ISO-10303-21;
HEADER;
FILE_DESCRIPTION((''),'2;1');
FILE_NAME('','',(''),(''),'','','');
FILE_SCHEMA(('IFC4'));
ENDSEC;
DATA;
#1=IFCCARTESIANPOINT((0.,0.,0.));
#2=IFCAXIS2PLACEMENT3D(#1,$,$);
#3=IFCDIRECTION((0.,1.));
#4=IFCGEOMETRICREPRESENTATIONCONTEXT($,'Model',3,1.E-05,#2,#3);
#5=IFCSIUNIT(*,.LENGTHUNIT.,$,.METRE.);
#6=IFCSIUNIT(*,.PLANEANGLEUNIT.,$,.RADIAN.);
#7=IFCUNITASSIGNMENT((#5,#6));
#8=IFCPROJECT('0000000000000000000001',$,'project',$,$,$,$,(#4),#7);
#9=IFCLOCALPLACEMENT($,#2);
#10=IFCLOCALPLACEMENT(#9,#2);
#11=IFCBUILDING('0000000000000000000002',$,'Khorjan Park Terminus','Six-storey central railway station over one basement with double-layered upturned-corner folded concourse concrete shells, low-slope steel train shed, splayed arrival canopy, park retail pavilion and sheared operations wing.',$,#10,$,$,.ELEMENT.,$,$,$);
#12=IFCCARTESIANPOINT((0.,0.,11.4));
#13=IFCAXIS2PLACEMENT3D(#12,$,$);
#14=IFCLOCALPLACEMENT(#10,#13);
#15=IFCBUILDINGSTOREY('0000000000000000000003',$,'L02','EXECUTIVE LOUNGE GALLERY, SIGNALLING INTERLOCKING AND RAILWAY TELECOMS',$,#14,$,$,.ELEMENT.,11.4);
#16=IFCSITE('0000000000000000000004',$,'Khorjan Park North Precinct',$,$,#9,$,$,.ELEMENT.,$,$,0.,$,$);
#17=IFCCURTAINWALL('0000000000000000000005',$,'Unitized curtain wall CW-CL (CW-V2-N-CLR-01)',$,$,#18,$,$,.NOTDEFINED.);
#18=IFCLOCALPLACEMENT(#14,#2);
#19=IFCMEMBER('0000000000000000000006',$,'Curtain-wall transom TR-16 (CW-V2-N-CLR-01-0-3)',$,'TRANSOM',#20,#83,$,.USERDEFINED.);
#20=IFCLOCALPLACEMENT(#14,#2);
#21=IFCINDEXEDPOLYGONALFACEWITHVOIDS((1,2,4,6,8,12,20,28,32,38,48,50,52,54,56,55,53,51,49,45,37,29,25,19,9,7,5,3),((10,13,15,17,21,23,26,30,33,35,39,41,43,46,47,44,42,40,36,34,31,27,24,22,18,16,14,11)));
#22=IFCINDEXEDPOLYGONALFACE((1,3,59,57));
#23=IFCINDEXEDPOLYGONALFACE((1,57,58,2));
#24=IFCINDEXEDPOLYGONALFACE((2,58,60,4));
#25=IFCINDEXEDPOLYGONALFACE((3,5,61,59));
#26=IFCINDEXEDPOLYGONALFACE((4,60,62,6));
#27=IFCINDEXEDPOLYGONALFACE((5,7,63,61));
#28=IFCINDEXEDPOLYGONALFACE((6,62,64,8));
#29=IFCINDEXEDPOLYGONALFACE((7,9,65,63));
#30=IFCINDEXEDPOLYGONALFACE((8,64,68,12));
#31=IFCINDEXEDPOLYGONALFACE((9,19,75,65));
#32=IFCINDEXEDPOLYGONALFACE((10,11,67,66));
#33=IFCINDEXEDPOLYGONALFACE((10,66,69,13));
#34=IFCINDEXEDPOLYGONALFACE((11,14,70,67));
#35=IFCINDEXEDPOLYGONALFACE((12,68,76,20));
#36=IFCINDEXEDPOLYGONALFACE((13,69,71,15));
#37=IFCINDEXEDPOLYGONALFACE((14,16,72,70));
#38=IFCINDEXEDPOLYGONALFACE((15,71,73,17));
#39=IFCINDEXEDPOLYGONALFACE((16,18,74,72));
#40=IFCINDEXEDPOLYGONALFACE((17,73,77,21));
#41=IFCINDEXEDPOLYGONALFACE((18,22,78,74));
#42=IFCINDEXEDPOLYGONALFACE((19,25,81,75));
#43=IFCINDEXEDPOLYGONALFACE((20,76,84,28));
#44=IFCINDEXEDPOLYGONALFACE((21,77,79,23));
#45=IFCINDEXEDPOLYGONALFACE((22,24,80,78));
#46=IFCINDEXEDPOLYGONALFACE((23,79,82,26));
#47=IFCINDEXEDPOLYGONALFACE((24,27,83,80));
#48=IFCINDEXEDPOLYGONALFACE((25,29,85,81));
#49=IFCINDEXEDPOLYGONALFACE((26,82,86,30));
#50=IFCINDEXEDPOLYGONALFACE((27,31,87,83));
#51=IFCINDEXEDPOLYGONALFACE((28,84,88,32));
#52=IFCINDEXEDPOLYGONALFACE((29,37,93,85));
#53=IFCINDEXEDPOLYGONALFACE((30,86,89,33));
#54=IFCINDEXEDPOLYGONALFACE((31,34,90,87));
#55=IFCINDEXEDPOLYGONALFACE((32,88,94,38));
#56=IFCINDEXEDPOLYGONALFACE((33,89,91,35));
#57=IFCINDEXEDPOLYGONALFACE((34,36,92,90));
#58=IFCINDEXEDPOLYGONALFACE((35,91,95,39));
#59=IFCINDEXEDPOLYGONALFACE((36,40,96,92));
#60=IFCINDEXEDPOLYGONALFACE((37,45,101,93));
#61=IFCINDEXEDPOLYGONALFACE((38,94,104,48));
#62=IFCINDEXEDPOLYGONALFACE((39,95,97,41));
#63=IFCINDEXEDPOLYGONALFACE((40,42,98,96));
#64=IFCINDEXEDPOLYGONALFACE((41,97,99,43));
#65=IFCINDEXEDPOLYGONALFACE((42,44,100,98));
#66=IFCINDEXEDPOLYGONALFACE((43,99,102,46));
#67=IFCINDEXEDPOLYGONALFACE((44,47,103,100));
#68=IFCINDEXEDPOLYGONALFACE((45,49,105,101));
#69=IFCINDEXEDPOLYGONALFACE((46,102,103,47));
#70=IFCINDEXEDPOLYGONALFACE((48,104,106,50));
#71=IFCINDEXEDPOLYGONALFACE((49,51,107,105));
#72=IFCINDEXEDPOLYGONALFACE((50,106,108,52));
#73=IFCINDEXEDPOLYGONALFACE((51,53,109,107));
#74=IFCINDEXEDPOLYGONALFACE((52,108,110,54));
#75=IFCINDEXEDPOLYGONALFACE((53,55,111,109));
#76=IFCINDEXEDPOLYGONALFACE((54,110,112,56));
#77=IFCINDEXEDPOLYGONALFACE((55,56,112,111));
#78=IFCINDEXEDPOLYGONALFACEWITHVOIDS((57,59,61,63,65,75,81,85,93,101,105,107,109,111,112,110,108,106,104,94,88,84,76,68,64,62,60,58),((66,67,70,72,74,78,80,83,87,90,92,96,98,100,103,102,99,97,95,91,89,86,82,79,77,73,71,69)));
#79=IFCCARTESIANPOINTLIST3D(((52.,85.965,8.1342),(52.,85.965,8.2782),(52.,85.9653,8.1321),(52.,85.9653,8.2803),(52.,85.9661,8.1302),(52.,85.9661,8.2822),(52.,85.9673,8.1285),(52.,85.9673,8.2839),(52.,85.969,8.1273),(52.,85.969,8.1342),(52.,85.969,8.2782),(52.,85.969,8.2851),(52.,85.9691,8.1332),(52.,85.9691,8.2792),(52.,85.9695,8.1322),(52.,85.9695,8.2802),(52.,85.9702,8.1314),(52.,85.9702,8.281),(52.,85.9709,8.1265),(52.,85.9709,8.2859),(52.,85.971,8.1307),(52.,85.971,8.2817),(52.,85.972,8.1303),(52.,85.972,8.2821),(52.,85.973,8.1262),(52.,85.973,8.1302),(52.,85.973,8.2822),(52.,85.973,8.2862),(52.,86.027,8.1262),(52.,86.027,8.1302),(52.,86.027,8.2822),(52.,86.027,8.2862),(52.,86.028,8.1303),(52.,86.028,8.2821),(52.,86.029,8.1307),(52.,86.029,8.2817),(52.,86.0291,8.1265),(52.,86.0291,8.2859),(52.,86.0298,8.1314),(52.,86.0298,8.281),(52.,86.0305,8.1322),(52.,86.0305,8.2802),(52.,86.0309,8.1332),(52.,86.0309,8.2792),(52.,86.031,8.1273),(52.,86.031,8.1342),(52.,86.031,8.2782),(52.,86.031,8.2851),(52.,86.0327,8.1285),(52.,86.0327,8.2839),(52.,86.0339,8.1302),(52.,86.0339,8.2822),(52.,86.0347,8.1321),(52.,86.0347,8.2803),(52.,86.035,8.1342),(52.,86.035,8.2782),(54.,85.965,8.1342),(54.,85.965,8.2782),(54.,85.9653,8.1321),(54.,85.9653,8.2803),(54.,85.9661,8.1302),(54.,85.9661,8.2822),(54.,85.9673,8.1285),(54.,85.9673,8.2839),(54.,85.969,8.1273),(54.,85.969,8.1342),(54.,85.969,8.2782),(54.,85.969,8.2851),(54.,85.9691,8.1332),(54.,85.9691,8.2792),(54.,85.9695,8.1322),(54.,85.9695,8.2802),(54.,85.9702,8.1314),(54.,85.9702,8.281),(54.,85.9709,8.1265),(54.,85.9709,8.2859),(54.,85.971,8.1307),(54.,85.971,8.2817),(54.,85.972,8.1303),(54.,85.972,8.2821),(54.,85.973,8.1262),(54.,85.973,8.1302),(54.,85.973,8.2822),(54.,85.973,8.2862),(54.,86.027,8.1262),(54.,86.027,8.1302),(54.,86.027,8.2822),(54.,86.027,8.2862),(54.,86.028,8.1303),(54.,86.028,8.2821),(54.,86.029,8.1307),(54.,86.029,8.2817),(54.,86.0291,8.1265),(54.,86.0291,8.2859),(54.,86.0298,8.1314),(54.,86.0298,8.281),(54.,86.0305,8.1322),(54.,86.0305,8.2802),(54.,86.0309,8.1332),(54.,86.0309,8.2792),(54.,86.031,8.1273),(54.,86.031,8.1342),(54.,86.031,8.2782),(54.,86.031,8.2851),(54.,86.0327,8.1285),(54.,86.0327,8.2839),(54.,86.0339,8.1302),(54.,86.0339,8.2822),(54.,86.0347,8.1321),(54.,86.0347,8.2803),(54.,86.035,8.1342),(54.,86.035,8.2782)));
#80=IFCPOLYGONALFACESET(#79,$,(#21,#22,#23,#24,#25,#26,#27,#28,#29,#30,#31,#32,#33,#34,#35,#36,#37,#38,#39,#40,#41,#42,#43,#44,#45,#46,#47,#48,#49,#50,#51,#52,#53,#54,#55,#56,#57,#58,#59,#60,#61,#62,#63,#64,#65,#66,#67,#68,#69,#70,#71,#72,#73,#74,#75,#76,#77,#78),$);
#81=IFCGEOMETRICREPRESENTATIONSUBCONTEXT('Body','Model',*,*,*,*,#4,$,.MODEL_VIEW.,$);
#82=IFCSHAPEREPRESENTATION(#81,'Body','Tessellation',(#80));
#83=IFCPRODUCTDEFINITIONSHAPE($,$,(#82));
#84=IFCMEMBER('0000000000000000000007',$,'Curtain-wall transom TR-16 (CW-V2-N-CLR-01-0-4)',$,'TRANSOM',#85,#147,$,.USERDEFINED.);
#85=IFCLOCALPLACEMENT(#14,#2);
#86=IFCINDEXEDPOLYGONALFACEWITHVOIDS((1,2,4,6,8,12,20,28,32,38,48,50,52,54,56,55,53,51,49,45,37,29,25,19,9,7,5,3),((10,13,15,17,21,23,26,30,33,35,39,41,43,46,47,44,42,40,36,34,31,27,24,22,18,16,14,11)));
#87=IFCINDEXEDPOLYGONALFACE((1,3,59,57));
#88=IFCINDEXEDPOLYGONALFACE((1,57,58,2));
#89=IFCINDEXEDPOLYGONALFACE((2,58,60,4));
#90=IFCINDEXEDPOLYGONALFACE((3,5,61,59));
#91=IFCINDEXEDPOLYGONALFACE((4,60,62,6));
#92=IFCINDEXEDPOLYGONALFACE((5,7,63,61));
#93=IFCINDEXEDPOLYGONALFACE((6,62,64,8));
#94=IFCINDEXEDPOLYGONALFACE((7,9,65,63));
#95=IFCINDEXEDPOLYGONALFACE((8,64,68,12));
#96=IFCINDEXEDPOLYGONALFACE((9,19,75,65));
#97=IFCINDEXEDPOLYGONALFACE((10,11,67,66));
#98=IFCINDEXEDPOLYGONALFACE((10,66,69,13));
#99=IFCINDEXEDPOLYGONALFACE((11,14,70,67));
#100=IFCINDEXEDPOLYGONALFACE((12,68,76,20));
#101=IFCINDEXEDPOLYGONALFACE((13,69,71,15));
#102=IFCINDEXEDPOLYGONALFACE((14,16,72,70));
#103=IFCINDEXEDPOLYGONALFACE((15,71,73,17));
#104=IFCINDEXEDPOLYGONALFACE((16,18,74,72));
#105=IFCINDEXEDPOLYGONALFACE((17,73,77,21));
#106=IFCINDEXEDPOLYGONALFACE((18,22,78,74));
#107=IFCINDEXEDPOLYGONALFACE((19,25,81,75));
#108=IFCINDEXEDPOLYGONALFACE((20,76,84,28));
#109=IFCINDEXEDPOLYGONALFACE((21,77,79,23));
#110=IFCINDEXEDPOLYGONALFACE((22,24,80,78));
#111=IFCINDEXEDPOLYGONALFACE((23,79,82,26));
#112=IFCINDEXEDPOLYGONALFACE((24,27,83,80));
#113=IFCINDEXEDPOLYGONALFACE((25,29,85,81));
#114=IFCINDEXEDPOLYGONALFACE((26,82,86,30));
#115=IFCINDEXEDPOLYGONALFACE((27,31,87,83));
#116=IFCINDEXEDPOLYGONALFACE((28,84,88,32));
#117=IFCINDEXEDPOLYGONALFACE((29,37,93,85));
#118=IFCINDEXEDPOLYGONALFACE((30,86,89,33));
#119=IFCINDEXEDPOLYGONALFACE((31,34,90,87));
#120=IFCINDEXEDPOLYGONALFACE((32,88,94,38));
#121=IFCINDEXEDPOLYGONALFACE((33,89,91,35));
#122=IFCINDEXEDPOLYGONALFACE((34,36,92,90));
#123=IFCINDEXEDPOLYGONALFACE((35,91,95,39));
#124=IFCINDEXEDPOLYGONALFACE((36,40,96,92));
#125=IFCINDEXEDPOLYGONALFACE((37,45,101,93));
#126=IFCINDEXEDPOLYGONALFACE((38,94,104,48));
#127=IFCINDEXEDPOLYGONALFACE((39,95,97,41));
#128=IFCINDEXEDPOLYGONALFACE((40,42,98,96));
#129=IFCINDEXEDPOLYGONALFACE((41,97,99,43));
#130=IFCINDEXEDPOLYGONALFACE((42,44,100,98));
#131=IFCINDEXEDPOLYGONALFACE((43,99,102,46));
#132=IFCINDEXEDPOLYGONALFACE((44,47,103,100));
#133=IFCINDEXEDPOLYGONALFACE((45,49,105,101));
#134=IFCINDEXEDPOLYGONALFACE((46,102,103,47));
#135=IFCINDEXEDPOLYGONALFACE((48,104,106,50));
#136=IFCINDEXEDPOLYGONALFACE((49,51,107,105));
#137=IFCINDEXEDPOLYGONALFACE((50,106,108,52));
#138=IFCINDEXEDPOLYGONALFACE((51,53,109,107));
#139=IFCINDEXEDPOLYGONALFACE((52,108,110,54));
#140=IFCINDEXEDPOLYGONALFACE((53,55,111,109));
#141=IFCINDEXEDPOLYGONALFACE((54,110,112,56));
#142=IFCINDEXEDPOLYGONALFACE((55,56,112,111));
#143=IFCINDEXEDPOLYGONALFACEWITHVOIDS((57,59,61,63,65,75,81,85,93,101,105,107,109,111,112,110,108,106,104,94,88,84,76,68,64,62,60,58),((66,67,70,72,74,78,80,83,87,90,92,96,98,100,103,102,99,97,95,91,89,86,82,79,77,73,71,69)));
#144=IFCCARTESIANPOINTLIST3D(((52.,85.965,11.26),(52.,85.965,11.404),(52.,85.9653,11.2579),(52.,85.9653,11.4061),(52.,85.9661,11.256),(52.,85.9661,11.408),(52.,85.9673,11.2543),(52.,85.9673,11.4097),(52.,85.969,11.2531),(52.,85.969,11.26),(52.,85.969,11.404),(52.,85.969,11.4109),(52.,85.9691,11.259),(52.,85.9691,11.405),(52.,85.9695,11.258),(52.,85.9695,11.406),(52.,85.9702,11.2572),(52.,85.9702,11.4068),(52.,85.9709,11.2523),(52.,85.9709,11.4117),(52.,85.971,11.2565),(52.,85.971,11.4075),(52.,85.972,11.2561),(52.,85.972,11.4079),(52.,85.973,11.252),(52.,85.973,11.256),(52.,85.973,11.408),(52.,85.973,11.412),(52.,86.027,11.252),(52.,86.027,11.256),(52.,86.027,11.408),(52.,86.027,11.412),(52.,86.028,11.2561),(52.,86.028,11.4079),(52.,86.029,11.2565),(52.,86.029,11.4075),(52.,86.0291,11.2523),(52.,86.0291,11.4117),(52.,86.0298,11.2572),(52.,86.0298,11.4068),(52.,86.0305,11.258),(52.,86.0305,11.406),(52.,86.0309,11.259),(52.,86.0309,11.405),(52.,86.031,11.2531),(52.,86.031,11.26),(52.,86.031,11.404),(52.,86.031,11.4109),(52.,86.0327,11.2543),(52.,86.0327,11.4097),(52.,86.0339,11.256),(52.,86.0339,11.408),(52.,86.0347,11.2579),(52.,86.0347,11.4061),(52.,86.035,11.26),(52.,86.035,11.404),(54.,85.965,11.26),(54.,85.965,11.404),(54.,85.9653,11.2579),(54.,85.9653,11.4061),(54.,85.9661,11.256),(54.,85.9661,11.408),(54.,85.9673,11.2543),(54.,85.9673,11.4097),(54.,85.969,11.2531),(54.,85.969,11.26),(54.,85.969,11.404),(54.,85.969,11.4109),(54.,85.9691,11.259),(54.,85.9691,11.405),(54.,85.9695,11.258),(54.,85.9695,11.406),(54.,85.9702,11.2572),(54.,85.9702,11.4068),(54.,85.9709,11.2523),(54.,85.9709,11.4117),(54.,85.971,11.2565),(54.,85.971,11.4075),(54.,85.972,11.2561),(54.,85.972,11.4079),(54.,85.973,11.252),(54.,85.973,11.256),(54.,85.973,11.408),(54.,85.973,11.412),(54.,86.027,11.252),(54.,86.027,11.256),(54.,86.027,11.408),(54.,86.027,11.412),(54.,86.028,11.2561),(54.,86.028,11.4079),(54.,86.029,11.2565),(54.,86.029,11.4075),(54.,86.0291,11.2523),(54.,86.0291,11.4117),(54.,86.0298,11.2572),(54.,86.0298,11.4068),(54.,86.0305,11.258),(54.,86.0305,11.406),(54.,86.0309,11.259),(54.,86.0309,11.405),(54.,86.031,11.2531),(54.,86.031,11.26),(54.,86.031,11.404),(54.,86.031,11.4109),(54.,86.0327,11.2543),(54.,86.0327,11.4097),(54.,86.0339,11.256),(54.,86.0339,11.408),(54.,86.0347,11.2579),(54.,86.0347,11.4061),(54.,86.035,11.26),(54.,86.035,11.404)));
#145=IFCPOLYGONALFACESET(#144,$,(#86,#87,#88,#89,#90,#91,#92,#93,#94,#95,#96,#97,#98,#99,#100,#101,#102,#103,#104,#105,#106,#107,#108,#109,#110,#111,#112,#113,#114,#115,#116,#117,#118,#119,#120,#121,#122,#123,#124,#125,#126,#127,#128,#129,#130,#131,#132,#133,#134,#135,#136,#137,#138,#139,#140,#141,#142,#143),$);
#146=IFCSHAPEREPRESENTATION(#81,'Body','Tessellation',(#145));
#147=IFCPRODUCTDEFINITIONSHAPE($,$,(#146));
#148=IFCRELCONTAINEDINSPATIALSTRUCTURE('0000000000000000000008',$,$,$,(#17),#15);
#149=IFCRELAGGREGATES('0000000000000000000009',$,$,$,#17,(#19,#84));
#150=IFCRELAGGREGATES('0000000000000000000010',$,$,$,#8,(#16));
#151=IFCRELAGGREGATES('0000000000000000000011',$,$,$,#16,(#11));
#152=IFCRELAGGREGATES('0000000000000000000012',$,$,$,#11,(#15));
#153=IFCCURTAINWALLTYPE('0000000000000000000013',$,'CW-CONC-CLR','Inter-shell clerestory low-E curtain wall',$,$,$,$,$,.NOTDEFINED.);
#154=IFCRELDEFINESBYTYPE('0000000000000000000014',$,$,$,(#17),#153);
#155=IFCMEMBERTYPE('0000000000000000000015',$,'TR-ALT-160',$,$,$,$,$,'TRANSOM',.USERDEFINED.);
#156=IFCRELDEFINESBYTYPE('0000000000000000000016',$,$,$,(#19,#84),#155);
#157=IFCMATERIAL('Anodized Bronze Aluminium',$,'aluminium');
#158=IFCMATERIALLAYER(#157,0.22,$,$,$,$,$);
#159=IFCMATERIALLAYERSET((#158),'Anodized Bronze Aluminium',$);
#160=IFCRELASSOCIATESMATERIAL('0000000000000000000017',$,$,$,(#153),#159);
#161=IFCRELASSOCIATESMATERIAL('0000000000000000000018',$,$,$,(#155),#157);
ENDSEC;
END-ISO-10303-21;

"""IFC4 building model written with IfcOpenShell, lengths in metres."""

from ifc_helpers import new_model, si_unit, direction, frame, origin, origin_2d, place, context, subcontext, project, spatial, hollow_rectangle, extrude, material, layer, layer_set, material_profile, profile_set, type_object, element, aggregate, save


model = new_model("IFC4")

# Units and contexts
model_context = context("Model", 3, precision=1e-05, world=origin(), true_north=direction((0.0, 1.0)))
body_context = subcontext(model_context, "Body", "Model", "MODEL_VIEW")
ifc_project = project(units=[si_unit("LENGTHUNIT", "METRE"), si_unit("PLANEANGLEUNIT", "RADIAN")], contexts=[model_context])

# Site, building, storey
site_placement = place(None, origin())
site = spatial("IfcSite", under=ifc_project, at=site_placement, Name="Khorjan Park North Precinct", CompositionType="ELEMENT", RefElevation=0.0)
building_placement = place(site_placement, origin())
building = spatial("IfcBuilding", under=site, at=building_placement, Name="Khorjan Park Terminus", Description="Six-storey central railway station over one basement with double-layered upturned-corner folded concourse concrete shells, low-slope steel train shed, splayed arrival canopy, park retail pavilion and sheared operations wing.", CompositionType="ELEMENT")
storey_placement = place(building_placement, frame((0.0, 0.0, 11.4)))
storey = spatial("IfcBuildingStorey", under=building, at=storey_placement, Name="L02", Description="EXECUTIVE LOUNGE GALLERY, SIGNALLING INTERLOCKING AND RAILWAY TELECOMS", CompositionType="ELEMENT", Elevation=11.4)

# Curtain wall, members
ifc_material_1 = material(Name="Anodized Bronze Aluminium", Category="aluminium")
ifc_layer_1 = layer(ifc_material_1, 0.22)
ifc_layer_set_1 = layer_set([ifc_layer_1], Name="Anodized Bronze Aluminium")
curtain_wall_type = type_object("IfcCurtainWallType", Name="CW-CONC-CLR", Description="Inter-shell clerestory low-E curtain wall", PredefinedType="NOTDEFINED", material=ifc_layer_set_1)
curtain_wall_1_placement = place(storey_placement, origin())
curtain_wall_1 = element("IfcCurtainWall", 1, at=curtain_wall_1_placement, inside=storey, type_object=curtain_wall_type, Name="Unitized curtain wall CW-CL (CW-V2-N-CLR-01)", PredefinedType="NOTDEFINED")
ifc_material_profile_1 = material_profile(ifc_material_1, hollow_rectangle(XDim=0.07, YDim=0.16, WallThickness=0.004, InnerFilletRadius=0.004, OuterFilletRadius=0.008, at=origin_2d()), Name="ALT 70x160x4")
ifc_profile_set_1 = profile_set([ifc_material_profile_1], Name="Anodized Bronze Aluminium")
member_type_1 = type_object("IfcMemberType", Name="TR-ALT-160", ElementType="TRANSOM", PredefinedType="USERDEFINED", material=ifc_profile_set_1)
member_1_placement = place(storey_placement, frame((54.0, 86.0, 8.2062), z_axis=(-1.0, 0.0, 0.0), x_axis=(0.0, -1.0, 0.0)))
member_1 = element("IfcMember", 2, at=member_1_placement, type_object=member_type_1, Name="Curtain-wall transom TR-16 (CW-V2-N-CLR-01-0-3)", ObjectType="TRANSOM", PredefinedType="USERDEFINED", context=body_context, shape_type="SweptSolid", body=[
    extrude(hollow_rectangle(XDim=0.07, YDim=0.16, WallThickness=0.004, InnerFilletRadius=0.004, OuterFilletRadius=0.008, at=origin_2d()), origin(), (0.0, 0.0, 1.0), 2.0),
])
member_2_placement = place(storey_placement, frame((54.0, 86.0, 11.332), z_axis=(-1.0, 0.0, 0.0), x_axis=(0.0, -1.0, 0.0)))
member_2 = element("IfcMember", 3, at=member_2_placement, type_object=member_type_1, Name="Curtain-wall transom TR-16 (CW-V2-N-CLR-01-0-4)", ObjectType="TRANSOM", PredefinedType="USERDEFINED", context=body_context, shape_type="SweptSolid", body=[
    extrude(hollow_rectangle(XDim=0.07, YDim=0.16, WallThickness=0.004, InnerFilletRadius=0.004, OuterFilletRadius=0.008, at=origin_2d()), origin(), (0.0, 0.0, 1.0), 2.0),
])

aggregate(curtain_wall_1, [member_1, member_2])

save(model, "model.ifc")
